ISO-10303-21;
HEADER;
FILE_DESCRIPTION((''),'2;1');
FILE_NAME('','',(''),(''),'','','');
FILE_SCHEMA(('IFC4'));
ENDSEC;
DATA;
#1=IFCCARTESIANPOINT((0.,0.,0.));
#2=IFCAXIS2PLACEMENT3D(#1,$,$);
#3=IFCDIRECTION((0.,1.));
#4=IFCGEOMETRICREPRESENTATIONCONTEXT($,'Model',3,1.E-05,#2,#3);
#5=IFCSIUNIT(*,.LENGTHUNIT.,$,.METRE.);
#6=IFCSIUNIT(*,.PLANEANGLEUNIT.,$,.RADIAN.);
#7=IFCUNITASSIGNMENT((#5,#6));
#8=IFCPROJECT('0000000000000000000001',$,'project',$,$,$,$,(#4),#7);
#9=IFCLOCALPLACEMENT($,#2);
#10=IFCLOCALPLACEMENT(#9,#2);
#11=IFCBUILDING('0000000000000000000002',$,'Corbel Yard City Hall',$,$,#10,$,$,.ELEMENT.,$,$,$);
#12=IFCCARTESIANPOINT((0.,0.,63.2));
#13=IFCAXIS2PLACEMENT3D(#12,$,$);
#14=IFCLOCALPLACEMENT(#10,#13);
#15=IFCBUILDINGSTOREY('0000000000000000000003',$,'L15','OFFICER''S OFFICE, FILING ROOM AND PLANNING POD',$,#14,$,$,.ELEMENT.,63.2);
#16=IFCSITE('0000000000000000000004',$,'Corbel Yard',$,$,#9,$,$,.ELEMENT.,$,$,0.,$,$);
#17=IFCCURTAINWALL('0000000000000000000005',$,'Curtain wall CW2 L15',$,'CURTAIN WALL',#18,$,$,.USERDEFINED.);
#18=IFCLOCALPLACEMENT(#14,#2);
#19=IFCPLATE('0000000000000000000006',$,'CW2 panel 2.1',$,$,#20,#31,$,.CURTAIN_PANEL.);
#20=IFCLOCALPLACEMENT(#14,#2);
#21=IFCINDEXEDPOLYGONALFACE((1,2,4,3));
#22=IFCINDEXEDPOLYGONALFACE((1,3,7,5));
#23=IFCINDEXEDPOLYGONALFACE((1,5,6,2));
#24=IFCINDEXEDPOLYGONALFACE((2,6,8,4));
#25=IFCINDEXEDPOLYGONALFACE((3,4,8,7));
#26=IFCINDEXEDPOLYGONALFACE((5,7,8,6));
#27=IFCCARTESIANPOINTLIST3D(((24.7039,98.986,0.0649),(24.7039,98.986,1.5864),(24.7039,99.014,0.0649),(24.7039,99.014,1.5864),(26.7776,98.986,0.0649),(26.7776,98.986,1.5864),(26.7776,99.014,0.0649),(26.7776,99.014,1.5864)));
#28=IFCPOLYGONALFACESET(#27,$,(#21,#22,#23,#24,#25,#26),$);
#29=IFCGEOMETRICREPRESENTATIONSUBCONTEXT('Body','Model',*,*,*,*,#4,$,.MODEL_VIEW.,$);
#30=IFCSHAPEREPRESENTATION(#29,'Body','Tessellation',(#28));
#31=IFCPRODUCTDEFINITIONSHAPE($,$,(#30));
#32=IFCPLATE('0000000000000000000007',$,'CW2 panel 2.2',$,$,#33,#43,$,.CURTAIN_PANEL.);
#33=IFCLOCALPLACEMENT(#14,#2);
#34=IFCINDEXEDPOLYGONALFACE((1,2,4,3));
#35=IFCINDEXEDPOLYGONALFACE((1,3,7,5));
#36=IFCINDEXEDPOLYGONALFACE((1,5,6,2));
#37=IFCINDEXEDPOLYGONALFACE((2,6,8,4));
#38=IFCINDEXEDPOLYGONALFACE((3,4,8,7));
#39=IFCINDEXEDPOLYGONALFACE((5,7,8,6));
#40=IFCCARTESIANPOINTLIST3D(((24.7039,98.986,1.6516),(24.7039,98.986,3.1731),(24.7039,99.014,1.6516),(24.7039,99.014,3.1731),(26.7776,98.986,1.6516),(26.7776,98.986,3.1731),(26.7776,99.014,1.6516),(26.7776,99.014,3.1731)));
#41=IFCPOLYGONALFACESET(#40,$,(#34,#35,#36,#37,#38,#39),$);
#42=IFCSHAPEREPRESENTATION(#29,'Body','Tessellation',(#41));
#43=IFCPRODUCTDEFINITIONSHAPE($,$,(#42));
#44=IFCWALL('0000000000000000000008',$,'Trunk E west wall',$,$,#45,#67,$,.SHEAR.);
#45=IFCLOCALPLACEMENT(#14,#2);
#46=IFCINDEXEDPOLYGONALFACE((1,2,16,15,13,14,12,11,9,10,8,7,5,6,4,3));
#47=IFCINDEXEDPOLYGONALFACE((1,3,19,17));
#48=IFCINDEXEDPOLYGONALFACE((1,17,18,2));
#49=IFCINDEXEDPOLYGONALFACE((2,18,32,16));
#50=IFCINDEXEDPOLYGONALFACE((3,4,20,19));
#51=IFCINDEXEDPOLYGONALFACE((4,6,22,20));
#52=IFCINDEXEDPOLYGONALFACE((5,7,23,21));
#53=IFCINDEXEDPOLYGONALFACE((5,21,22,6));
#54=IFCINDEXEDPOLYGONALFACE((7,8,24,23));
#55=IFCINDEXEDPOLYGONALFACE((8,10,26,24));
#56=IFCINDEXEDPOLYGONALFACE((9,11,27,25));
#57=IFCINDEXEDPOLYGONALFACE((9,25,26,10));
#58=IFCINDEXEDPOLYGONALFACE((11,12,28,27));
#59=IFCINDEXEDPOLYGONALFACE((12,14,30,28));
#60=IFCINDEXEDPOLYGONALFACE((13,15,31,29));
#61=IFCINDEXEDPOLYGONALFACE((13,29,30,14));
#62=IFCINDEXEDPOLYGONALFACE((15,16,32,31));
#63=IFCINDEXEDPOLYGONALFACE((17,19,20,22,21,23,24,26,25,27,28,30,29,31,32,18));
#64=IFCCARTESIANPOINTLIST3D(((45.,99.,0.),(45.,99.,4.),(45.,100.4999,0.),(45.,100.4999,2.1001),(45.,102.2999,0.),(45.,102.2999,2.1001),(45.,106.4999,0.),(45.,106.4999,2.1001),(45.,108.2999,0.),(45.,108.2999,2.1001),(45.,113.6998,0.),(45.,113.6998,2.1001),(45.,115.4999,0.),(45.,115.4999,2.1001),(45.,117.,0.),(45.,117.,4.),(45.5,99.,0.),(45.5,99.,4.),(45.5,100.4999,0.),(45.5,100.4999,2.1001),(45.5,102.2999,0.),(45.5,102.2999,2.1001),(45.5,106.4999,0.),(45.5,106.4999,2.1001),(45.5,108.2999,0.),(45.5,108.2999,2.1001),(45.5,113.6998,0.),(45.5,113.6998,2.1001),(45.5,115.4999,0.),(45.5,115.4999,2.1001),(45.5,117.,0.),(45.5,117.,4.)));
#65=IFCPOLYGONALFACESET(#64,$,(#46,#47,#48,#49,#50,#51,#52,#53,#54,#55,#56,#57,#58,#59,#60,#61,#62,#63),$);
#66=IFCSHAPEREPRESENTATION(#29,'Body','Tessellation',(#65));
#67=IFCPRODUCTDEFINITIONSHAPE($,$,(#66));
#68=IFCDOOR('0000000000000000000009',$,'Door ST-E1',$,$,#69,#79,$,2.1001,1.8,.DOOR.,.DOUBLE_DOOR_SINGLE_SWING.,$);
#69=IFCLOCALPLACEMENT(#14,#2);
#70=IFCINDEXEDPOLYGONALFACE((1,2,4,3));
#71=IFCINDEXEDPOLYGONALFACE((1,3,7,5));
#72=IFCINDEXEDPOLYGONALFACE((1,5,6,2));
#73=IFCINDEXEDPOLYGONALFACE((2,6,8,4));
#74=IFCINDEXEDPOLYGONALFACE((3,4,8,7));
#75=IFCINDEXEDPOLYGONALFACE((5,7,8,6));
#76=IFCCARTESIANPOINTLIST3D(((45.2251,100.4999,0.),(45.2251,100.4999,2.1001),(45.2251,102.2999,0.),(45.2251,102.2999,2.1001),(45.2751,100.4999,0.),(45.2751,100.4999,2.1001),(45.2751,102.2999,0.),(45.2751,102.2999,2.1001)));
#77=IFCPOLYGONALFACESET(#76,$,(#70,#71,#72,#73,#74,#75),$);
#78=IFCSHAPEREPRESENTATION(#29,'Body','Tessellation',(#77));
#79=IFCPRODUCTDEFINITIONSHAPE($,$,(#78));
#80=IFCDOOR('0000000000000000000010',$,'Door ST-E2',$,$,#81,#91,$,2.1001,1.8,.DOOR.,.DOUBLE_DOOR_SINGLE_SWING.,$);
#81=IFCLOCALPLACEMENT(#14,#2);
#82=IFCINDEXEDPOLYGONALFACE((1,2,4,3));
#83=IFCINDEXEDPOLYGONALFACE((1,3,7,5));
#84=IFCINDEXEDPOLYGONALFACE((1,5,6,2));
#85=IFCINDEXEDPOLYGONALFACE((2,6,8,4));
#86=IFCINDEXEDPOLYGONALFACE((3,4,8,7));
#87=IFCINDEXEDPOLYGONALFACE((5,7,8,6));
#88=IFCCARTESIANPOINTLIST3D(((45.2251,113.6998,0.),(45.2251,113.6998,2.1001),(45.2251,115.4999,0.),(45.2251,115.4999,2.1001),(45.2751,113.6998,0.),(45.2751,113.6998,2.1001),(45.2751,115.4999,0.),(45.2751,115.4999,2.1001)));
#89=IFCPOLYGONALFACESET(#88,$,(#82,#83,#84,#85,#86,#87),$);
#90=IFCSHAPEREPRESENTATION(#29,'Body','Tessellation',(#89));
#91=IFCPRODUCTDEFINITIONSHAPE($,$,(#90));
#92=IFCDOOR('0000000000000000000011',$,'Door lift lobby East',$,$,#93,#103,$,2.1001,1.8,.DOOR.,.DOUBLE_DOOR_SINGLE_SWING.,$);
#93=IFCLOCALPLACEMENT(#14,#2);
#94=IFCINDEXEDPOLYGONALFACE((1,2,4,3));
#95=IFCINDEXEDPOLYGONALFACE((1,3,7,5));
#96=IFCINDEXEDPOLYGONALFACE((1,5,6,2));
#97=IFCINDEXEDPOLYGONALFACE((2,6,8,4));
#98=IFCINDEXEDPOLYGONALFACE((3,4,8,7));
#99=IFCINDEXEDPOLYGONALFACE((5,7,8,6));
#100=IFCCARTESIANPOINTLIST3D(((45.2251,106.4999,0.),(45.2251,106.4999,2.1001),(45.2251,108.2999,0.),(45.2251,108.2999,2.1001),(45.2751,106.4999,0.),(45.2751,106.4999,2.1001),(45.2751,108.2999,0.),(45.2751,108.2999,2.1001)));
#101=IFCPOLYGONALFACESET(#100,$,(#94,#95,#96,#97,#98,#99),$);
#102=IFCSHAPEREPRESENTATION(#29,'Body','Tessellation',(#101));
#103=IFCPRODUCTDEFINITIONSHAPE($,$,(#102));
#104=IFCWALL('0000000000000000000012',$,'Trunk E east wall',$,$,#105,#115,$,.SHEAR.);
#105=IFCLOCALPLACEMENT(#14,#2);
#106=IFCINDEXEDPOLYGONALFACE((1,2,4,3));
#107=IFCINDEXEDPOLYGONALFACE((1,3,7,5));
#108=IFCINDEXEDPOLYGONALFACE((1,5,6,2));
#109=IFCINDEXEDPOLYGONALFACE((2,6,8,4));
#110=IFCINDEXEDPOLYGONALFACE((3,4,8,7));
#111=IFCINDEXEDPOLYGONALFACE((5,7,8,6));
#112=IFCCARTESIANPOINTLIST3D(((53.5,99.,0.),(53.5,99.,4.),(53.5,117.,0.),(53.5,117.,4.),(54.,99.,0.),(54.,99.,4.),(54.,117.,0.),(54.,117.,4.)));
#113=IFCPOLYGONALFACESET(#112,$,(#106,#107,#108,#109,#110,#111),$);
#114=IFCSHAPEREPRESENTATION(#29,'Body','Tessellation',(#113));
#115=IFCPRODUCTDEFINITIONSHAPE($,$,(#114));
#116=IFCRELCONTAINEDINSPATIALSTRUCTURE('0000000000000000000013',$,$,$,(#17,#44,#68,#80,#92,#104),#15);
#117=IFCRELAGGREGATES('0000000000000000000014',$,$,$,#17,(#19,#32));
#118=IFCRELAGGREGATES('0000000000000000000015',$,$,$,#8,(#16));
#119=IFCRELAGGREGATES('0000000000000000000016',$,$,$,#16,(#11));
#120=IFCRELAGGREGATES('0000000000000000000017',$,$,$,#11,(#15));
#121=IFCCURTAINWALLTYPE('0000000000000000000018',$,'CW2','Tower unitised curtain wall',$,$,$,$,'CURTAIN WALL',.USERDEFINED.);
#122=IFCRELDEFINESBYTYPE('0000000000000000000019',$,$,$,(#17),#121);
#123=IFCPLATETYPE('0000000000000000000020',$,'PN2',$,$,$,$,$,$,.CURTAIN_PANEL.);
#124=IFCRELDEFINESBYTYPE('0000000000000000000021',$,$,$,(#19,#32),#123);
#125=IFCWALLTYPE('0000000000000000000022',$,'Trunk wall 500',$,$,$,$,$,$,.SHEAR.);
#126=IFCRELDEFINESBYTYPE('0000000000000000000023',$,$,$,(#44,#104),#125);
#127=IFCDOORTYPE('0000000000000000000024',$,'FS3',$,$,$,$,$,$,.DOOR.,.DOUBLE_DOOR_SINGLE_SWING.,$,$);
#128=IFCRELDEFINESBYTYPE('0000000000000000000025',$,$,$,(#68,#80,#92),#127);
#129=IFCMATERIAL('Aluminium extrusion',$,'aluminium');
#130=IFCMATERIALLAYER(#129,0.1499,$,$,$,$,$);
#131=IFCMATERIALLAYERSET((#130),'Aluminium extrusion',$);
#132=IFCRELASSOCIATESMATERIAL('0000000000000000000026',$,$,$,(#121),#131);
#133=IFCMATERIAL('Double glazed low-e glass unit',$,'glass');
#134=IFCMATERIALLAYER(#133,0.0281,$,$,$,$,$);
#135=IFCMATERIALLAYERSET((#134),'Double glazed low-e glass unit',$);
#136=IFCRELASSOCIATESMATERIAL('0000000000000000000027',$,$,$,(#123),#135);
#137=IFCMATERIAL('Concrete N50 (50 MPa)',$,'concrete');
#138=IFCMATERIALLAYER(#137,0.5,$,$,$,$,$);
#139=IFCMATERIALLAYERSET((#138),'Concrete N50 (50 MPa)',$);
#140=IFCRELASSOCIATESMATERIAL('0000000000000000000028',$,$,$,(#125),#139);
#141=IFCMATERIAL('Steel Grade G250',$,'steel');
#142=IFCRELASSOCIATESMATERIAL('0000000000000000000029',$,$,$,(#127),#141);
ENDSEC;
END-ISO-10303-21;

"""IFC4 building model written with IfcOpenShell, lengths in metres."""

from ifc_helpers import new_model, si_unit, direction, frame, frame_2d, origin, origin_2d, place, context, subcontext, project, spatial, rectangle, extrude, material, layer, layer_set, type_object, element, fill, aggregate, save


model = new_model("IFC4")

# Units and contexts
model_context = context("Model", 3, precision=1e-05, world=origin(), true_north=direction((0.0, 1.0)))
body_context = subcontext(model_context, "Body", "Model", "MODEL_VIEW")
ifc_project = project(units=[si_unit("LENGTHUNIT", "METRE"), si_unit("PLANEANGLEUNIT", "RADIAN")], contexts=[model_context])

# Site, building, storey
site_placement = place(None, origin())
site = spatial("IfcSite", under=ifc_project, at=site_placement, Name="Corbel Yard", CompositionType="ELEMENT", RefElevation=0.0)
building_placement = place(site_placement, origin())
building = spatial("IfcBuilding", under=site, at=building_placement, Name="Corbel Yard City Hall", CompositionType="ELEMENT")
storey_placement = place(building_placement, frame((0.0, 0.0, 63.2)))
storey = spatial("IfcBuildingStorey", under=building, at=storey_placement, Name="L15", Description="OFFICER'S OFFICE, FILING ROOM AND PLANNING POD", CompositionType="ELEMENT", Elevation=63.2)

# Curtain wall, plates
ifc_material_1 = material(Name="Aluminium extrusion", Category="aluminium")
ifc_layer_1 = layer(ifc_material_1, 0.1499)
ifc_layer_set_1 = layer_set([ifc_layer_1], Name="Aluminium extrusion")
curtain_wall_type = type_object("IfcCurtainWallType", Name="CW2", Description="Tower unitised curtain wall", ElementType="CURTAIN WALL", PredefinedType="USERDEFINED", material=ifc_layer_set_1)
curtain_wall_placement = place(storey_placement, origin())
curtain_wall = element("IfcCurtainWall", 1, at=curtain_wall_placement, inside=storey, type_object=curtain_wall_type, Name="Curtain wall CW2 L15", ObjectType="CURTAIN WALL", PredefinedType="USERDEFINED")
ifc_material_2 = material(Name="Double glazed low-e glass unit", Category="glass")
ifc_layer_2 = layer(ifc_material_2, 0.0281)
ifc_layer_set_2 = layer_set([ifc_layer_2], Name="Double glazed low-e glass unit")
plate_type = type_object("IfcPlateType", Name="PN2", PredefinedType="CURTAIN_PANEL", material=ifc_layer_set_2)
plate_1_placement = place(storey_placement, frame((25.7407, 99.0, 0.0649), z_axis=(0.0, 0.0, 1.0), x_axis=(1.0, 0.0, 0.0)))
plate_1 = element("IfcPlate", 2, at=plate_1_placement, type_object=plate_type, Name="CW2 panel 2.1", PredefinedType="CURTAIN_PANEL", context=body_context, shape_type="SweptSolid", body=[
    extrude(rectangle(XDim=2.0737, YDim=0.0281, at=origin_2d()), origin(), (0.0, 0.0, 1.0), 1.5215),
])
plate_2_placement = place(storey_placement, frame((25.7407, 99.0, 1.6516), z_axis=(0.0, 0.0, 1.0), x_axis=(1.0, 0.0, 0.0)))
plate_2 = element("IfcPlate", 3, at=plate_2_placement, type_object=plate_type, Name="CW2 panel 2.2", PredefinedType="CURTAIN_PANEL", context=body_context, shape_type="SweptSolid", body=[
    extrude(rectangle(XDim=2.0737, YDim=0.0281, at=origin_2d()), origin(), (0.0, 0.0, 1.0), 1.5215),
])
aggregate(curtain_wall, [plate_1, plate_2])

# Wall, openings, doors
ifc_material_3 = material(Name="Concrete N50 (50 MPa)", Category="concrete")
ifc_layer_3 = layer(ifc_material_3, 0.5)
ifc_layer_set_3 = layer_set([ifc_layer_3], Name="Concrete N50 (50 MPa)")
wall_type = type_object("IfcWallType", Name="Trunk wall 500", PredefinedType="SHEAR", material=ifc_layer_set_3)
wall_1_placement = place(storey_placement, frame((45.25, 99.0, 0.0), z_axis=(0.0, 0.0, 1.0), x_axis=(0.0, 1.0, 0.0)))
wall_1 = element("IfcWall", 4, at=wall_1_placement, inside=storey, type_object=wall_type, Name="Trunk E west wall", PredefinedType="SHEAR", context=body_context, shape_type="SweptSolid", body=[
    extrude(rectangle(XDim=18.0, YDim=0.5, at=frame_2d((9.0, 0.0))), origin(), (0.0, 0.0, 1.0), 4.0),
])
opening_1_placement = place(wall_1_placement, frame((1.5, 0.0, 0.0)))
opening_1 = element("IfcOpeningElement", 5, at=opening_1_placement, cuts=wall_1, PredefinedType="OPENING", context=body_context, shape_type="SweptSolid", body=[
    extrude(rectangle(XDim=1.8, YDim=2.1001, at=frame_2d((0.8999, 1.05))), frame((0.0, 0.26, 0.0), z_axis=(0.0, -1.0, 0.0), x_axis=(1.0, 0.0, 0.0)), (0.0, 0.0, 1.0), 0.52),
])
opening_2_placement = place(wall_1_placement, frame((14.7, 0.0, 0.0)))
opening_2 = element("IfcOpeningElement", 6, at=opening_2_placement, cuts=wall_1, PredefinedType="OPENING", context=body_context, shape_type="SweptSolid", body=[
    extrude(rectangle(XDim=1.8, YDim=2.1001, at=frame_2d((0.8999, 1.05))), frame((0.0, 0.26, 0.0), z_axis=(0.0, -1.0, 0.0), x_axis=(1.0, 0.0, 0.0)), (0.0, 0.0, 1.0), 0.52),
])
opening_3_placement = place(wall_1_placement, frame((7.5, 0.0, 0.0)))
opening_3 = element("IfcOpeningElement", 7, at=opening_3_placement, cuts=wall_1, PredefinedType="OPENING", context=body_context, shape_type="SweptSolid", body=[
    extrude(rectangle(XDim=1.8, YDim=2.1001, at=frame_2d((0.8999, 1.05))), frame((0.0, 0.26, 0.0), z_axis=(0.0, -1.0, 0.0), x_axis=(1.0, 0.0, 0.0)), (0.0, 0.0, 1.0), 0.52),
])
ifc_material_4 = material(Name="Steel Grade G250", Category="steel")
door_type = type_object("IfcDoorType", Name="FS3", OperationType="DOUBLE_DOOR_SINGLE_SWING", PredefinedType="DOOR", material=ifc_material_4)
door_1_placement = place(opening_1_placement, origin())
door_1 = element("IfcDoor", 8, at=door_1_placement, inside=storey, type_object=door_type, Name="Door ST-E1", OperationType="DOUBLE_DOOR_SINGLE_SWING", OverallHeight=2.1001, OverallWidth=1.8, PredefinedType="DOOR", context=body_context, shape_type="SweptSolid", body=[
    extrude(rectangle(XDim=1.8, YDim=2.1001, at=frame_2d((0.8999, 1.05))), frame((0.0, 0.0249, 0.0), z_axis=(0.0, -1.0, 0.0), x_axis=(1.0, 0.0, 0.0)), (0.0, 0.0, 1.0), 0.05),
])
fill(opening_1, door_1)
door_2_placement = place(opening_2_placement, origin())
door_2 = element("IfcDoor", 9, at=door_2_placement, inside=storey, type_object=door_type, Name="Door ST-E2", OperationType="DOUBLE_DOOR_SINGLE_SWING", OverallHeight=2.1001, OverallWidth=1.8, PredefinedType="DOOR", context=body_context, shape_type="SweptSolid", body=[
    extrude(rectangle(XDim=1.8, YDim=2.1001, at=frame_2d((0.8999, 1.05))), frame((0.0, 0.0249, 0.0), z_axis=(0.0, -1.0, 0.0), x_axis=(1.0, 0.0, 0.0)), (0.0, 0.0, 1.0), 0.05),
])
fill(opening_2, door_2)
door_3_placement = place(opening_3_placement, origin())
door_3 = element("IfcDoor", 10, at=door_3_placement, inside=storey, type_object=door_type, Name="Door lift lobby East", OperationType="DOUBLE_DOOR_SINGLE_SWING", OverallHeight=2.1001, OverallWidth=1.8, PredefinedType="DOOR", context=body_context, shape_type="SweptSolid", body=[
    extrude(rectangle(XDim=1.8, YDim=2.1001, at=frame_2d((0.8999, 1.05))), frame((0.0, 0.0249, 0.0), z_axis=(0.0, -1.0, 0.0), x_axis=(1.0, 0.0, 0.0)), (0.0, 0.0, 1.0), 0.05),
])
fill(opening_3, door_3)

# Wall
wall_2_placement = place(storey_placement, frame((53.75, 99.0, 0.0), z_axis=(0.0, 0.0, 1.0), x_axis=(0.0, 1.0, 0.0)))
element("IfcWall", 11, at=wall_2_placement, inside=storey, type_object=wall_type, Name="Trunk E east wall", PredefinedType="SHEAR", context=body_context, shape_type="SweptSolid", body=[
    extrude(rectangle(XDim=18.0, YDim=0.5, at=frame_2d((9.0, 0.0))), origin(), (0.0, 0.0, 1.0), 4.0),
])

save(model, "model.ifc")
